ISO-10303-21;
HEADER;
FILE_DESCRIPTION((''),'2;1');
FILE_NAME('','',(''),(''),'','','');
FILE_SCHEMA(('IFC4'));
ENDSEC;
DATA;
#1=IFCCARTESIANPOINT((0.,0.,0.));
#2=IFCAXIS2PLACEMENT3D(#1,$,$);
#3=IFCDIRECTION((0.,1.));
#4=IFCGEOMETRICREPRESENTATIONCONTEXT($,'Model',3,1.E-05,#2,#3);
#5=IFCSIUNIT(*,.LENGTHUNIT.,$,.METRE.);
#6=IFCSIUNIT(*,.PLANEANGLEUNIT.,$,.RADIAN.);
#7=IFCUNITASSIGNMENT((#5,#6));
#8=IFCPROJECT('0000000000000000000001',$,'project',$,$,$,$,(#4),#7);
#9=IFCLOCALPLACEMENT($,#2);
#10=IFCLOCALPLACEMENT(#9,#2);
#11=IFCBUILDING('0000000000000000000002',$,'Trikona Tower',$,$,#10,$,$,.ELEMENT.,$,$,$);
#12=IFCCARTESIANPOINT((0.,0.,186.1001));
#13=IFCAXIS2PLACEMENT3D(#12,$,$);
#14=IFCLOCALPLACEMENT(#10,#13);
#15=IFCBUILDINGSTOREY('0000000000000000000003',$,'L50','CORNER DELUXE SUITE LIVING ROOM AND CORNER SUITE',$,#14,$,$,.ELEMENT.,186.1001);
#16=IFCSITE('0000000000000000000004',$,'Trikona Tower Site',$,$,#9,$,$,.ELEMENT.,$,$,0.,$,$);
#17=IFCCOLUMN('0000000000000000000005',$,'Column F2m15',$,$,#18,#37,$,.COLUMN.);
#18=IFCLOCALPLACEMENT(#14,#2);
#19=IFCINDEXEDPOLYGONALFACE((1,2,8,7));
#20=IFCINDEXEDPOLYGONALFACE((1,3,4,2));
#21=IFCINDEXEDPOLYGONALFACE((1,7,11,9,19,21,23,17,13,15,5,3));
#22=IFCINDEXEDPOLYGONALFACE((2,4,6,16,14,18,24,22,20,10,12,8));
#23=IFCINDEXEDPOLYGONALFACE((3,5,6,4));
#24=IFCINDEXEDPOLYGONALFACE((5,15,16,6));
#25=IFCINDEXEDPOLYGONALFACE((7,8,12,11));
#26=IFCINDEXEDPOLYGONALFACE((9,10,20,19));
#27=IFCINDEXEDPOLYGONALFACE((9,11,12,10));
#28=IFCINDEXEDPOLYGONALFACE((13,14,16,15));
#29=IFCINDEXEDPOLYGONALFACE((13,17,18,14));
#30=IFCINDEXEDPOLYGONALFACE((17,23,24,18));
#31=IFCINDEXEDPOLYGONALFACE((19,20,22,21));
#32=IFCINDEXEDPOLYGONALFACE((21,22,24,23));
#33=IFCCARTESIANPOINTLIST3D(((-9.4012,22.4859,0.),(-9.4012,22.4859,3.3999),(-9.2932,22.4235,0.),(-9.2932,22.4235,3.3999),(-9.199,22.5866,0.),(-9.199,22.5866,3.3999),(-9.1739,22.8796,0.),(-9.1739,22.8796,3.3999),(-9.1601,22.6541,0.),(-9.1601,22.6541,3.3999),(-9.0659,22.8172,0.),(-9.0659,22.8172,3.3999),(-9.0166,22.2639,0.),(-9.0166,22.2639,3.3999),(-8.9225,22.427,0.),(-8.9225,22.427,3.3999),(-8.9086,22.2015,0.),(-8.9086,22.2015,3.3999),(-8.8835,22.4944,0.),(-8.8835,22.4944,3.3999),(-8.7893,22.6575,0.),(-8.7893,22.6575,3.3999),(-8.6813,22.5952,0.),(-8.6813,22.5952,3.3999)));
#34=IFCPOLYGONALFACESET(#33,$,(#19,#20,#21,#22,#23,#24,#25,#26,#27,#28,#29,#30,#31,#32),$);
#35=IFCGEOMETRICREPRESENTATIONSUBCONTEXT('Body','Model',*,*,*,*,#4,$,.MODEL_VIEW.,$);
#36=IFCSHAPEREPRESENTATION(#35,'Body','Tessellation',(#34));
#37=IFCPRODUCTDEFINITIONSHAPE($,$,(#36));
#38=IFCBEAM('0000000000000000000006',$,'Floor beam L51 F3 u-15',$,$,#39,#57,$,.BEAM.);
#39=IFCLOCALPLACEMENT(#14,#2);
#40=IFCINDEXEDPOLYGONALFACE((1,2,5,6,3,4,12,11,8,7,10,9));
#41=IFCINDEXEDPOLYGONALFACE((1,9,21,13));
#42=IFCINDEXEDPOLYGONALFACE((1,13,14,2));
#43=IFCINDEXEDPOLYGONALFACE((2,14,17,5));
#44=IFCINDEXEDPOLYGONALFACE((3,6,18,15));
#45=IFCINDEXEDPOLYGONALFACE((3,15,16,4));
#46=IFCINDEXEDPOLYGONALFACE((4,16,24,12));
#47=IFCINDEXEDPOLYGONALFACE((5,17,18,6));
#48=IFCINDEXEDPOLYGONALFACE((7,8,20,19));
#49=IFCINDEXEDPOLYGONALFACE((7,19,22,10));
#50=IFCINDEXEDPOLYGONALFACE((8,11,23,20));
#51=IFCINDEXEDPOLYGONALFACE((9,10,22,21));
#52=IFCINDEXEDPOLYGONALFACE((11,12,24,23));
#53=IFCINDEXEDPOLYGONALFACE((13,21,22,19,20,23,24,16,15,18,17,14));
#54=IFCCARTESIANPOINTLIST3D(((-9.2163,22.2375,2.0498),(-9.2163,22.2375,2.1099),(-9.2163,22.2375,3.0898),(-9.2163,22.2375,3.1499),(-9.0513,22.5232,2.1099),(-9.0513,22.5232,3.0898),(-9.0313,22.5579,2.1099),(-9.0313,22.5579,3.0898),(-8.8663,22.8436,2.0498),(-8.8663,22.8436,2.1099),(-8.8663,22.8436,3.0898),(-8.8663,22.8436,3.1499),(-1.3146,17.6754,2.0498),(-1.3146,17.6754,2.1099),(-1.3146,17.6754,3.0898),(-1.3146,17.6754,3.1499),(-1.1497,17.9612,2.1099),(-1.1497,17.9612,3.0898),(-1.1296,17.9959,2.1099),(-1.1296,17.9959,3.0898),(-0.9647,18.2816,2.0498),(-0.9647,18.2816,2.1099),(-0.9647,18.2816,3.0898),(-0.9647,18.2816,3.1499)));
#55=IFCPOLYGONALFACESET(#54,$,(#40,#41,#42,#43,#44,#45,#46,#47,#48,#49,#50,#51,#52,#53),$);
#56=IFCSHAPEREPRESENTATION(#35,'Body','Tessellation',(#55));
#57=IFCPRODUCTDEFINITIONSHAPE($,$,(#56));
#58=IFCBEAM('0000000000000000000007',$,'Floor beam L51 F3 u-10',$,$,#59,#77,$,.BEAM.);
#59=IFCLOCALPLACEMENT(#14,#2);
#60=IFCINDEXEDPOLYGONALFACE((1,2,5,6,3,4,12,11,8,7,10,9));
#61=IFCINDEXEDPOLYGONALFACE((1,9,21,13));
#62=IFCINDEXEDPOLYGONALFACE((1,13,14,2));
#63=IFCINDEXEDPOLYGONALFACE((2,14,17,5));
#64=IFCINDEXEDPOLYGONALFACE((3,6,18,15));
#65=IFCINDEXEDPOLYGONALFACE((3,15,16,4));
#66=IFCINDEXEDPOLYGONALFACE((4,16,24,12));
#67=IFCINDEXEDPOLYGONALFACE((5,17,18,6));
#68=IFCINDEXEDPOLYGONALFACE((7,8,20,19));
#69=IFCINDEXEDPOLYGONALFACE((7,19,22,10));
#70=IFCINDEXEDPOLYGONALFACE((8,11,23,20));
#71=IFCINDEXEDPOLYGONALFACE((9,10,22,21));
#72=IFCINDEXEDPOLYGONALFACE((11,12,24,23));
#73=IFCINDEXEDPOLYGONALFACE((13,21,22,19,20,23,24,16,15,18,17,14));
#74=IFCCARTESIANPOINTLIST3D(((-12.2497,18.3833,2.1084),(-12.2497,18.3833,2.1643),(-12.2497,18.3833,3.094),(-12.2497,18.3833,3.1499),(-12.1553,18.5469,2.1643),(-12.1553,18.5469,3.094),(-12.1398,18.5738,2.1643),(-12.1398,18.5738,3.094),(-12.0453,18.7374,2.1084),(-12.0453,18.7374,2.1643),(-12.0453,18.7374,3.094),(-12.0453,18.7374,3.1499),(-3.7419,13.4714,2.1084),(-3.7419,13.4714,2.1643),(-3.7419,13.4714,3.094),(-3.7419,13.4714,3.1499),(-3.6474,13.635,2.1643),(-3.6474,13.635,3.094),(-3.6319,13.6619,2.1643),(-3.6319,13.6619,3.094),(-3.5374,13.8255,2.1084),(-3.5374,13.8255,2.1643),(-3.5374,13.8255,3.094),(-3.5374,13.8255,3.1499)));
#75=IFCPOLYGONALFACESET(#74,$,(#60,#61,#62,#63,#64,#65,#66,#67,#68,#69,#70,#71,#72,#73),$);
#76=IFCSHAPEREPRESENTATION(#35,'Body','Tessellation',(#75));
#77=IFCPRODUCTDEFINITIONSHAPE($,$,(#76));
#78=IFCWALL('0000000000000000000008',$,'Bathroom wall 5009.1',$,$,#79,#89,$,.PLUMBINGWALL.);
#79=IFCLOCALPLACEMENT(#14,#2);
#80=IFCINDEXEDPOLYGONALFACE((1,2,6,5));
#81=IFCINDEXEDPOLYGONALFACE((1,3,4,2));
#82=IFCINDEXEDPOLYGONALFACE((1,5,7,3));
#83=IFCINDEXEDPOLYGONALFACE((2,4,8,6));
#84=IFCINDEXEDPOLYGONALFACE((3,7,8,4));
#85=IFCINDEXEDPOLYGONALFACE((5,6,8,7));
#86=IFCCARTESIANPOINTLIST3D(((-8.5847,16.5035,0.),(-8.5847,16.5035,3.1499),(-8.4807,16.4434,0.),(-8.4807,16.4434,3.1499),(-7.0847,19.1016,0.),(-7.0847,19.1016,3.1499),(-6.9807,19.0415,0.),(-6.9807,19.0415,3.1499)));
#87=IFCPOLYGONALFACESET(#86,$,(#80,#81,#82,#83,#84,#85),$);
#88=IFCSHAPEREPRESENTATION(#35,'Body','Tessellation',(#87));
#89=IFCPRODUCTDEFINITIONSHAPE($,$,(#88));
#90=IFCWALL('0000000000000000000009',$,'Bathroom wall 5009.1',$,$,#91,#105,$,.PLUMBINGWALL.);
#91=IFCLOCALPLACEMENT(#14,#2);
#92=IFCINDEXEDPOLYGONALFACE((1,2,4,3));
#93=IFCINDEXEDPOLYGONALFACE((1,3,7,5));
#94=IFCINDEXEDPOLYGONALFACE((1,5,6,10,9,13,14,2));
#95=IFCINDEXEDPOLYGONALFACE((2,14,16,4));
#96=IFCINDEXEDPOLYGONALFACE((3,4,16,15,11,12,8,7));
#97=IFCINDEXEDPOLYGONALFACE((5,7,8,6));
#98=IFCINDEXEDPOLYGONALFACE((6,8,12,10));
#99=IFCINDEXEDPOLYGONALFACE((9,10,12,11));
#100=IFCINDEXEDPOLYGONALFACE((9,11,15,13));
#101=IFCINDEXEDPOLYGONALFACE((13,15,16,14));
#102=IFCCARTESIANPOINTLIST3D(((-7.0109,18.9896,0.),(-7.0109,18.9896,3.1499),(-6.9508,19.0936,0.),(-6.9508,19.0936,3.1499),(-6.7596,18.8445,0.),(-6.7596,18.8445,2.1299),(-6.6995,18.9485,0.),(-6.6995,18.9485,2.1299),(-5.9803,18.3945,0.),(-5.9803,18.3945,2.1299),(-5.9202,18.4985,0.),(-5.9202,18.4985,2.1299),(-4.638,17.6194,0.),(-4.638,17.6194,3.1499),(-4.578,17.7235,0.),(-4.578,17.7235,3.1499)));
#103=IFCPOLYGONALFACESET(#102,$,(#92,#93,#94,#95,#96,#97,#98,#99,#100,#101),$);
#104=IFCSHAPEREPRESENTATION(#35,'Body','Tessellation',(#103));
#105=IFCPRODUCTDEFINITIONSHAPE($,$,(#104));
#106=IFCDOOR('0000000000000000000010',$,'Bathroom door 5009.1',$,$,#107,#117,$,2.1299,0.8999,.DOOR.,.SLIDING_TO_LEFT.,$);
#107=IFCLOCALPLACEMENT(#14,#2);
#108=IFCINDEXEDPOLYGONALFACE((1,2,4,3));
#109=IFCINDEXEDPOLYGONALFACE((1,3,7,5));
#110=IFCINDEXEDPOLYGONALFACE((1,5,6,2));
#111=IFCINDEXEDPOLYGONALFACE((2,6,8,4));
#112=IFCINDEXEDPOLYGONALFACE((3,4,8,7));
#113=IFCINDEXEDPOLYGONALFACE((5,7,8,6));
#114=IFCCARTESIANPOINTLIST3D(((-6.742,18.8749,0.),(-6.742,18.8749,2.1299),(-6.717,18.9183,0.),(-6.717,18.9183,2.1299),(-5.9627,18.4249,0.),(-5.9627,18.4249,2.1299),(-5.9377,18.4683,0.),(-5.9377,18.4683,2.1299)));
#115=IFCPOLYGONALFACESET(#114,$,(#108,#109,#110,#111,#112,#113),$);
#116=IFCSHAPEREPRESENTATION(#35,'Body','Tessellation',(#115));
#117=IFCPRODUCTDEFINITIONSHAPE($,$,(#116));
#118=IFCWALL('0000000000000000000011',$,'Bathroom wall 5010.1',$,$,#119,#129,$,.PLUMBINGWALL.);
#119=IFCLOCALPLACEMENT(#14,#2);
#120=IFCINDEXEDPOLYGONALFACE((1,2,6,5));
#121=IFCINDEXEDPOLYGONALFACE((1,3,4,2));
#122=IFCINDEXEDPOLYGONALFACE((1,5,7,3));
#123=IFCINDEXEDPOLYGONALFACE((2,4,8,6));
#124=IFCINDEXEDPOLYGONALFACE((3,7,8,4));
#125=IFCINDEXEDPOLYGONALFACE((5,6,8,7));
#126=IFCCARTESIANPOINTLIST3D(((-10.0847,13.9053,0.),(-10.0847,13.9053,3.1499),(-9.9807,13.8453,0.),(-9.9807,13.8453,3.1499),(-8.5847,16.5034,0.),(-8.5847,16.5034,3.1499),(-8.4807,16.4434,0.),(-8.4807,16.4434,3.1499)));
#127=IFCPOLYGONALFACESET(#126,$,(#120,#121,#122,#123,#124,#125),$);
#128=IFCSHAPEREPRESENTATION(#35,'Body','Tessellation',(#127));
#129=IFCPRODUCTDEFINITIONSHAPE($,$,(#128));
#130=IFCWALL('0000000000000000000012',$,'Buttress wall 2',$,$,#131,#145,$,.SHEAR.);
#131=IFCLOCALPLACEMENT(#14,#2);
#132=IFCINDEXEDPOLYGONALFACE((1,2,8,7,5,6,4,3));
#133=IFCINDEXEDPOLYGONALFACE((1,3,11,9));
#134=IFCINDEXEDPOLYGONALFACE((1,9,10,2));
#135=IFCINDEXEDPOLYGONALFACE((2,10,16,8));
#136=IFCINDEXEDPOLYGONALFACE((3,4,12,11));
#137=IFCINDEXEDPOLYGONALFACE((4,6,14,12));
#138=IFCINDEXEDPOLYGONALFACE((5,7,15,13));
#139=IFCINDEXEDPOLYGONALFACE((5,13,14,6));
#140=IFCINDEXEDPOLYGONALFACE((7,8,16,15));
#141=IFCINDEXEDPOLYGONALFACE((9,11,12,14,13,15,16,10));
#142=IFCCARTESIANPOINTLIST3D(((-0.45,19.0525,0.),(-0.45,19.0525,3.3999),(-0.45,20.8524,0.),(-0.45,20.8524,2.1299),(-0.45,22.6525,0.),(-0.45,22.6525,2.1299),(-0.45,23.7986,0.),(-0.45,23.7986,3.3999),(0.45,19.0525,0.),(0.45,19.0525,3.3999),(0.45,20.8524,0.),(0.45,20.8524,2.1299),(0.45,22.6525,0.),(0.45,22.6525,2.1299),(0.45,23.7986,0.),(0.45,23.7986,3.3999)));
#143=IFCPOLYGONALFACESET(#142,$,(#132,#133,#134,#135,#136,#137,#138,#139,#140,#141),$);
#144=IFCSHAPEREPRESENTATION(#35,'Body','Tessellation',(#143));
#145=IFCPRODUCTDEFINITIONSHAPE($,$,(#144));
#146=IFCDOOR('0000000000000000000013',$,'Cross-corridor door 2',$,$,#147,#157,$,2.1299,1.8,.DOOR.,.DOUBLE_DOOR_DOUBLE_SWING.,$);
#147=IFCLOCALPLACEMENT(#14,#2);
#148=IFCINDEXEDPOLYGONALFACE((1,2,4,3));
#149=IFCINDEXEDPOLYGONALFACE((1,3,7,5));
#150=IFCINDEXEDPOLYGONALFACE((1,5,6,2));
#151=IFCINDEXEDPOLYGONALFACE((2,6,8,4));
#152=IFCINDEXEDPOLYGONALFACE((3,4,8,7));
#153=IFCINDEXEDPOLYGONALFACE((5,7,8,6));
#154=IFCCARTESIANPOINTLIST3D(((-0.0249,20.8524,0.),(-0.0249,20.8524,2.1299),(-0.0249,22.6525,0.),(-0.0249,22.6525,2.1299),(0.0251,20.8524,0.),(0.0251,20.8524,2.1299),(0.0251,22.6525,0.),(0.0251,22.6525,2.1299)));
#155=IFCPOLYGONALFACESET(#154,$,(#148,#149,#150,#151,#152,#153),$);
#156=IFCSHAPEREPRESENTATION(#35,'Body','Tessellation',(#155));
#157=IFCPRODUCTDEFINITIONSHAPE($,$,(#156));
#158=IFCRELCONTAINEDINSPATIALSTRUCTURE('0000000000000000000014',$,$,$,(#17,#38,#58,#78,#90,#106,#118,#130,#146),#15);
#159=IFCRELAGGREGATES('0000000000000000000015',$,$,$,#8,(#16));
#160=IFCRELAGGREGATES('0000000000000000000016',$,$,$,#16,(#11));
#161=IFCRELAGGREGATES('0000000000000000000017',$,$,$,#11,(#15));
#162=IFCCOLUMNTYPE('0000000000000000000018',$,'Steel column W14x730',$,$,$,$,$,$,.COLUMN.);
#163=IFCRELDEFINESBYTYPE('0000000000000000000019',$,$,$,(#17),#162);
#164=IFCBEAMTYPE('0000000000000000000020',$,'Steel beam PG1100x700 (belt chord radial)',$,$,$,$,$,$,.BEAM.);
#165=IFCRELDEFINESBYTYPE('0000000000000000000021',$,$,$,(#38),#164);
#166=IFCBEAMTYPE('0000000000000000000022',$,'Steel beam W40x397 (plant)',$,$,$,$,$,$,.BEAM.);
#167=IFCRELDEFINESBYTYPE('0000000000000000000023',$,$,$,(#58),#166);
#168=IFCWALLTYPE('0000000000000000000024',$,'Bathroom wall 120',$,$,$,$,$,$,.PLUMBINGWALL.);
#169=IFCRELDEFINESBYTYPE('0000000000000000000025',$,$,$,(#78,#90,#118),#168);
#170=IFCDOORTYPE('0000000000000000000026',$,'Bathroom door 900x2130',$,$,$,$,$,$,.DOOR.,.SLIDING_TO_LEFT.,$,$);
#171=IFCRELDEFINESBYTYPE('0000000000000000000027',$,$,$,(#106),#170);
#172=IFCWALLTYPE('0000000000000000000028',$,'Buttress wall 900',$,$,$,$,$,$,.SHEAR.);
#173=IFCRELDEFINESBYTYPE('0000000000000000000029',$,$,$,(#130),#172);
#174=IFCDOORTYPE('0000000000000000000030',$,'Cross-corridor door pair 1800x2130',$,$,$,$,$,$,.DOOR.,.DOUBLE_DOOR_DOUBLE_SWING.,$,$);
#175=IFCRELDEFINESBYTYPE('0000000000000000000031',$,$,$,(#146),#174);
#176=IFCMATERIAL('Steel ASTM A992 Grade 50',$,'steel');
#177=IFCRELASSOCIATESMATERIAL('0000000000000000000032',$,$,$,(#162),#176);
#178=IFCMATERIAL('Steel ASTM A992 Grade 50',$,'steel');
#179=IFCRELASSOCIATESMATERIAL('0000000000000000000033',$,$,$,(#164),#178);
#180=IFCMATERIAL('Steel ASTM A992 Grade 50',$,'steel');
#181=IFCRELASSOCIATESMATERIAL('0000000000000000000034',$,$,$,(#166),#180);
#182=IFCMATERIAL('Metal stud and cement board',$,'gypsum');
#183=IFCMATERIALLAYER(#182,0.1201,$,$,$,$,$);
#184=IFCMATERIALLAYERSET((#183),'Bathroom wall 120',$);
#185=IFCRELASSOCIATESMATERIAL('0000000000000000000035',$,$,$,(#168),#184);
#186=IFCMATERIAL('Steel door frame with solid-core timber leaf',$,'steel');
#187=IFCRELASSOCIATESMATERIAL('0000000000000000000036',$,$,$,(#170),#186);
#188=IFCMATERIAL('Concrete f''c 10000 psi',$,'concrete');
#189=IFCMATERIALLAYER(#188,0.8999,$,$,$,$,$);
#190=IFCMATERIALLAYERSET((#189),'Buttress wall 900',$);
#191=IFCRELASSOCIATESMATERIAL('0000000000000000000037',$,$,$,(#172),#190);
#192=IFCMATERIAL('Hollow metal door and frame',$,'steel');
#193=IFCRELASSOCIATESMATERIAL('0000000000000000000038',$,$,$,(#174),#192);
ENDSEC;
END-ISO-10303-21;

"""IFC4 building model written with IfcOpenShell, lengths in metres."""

from ifc_helpers import new_model, si_unit, direction, frame, frame_2d, origin, origin_2d, place, context, subcontext, project, spatial, rectangle, i_section, extrude, material, layer, layer_set, material_profile, profile_set, type_object, element, fill, save


model = new_model("IFC4")

# Units and contexts
model_context = context("Model", 3, precision=1e-05, world=origin(), true_north=direction((0.0, 1.0)))
body_context = subcontext(model_context, "Body", "Model", "MODEL_VIEW")
ifc_project = project(units=[si_unit("LENGTHUNIT", "METRE"), si_unit("PLANEANGLEUNIT", "RADIAN")], contexts=[model_context])

# Site, building, storey
site_placement = place(None, origin())
site = spatial("IfcSite", under=ifc_project, at=site_placement, Name="Trikona Tower Site", CompositionType="ELEMENT", RefElevation=0.0)
building_placement = place(site_placement, origin())
building = spatial("IfcBuilding", under=site, at=building_placement, Name="Trikona Tower", CompositionType="ELEMENT")
storey_placement = place(building_placement, frame((0.0, 0.0, 186.1001)))
storey = spatial("IfcBuildingStorey", under=building, at=storey_placement, Name="L50", Description="CORNER DELUXE SUITE LIVING ROOM AND CORNER SUITE", CompositionType="ELEMENT", Elevation=186.1001)

# Column
ifc_material_1 = material(Name="Steel ASTM A992 Grade 50", Category="steel")
ifc_material_profile_1 = material_profile(ifc_material_1, i_section(OverallWidth=0.4546, OverallDepth=0.5688, WebThickness=0.0779, FlangeThickness=0.1248, at=origin_2d()), Name="W14X730")
ifc_profile_set_1 = profile_set([ifc_material_profile_1], Name="Steel ASTM A992 Grade 50")
column_type = type_object("IfcColumnType", Name="Steel column W14x730", PredefinedType="COLUMN", material=ifc_profile_set_1)
column_placement = place(storey_placement, frame((-9.0413, 22.5405, 0.0), z_axis=(0.0, 0.0, 1.0), x_axis=(-0.5, -0.866025, 0.0)))
element("IfcColumn", 1, at=column_placement, inside=storey, type_object=column_type, Name="Column F2m15", PredefinedType="COLUMN", context=body_context, shape_type="SweptSolid", body=[
    extrude(i_section(OverallWidth=0.4546, OverallDepth=0.5688, WebThickness=0.0779, FlangeThickness=0.1248, at=origin_2d()), origin(), (0.0, 0.0, 1.0), 3.3999),
])

# Beams
ifc_material_2 = material(Name="Steel ASTM A992 Grade 50", Category="steel")
ifc_material_profile_2 = material_profile(ifc_material_2, i_section(OverallWidth=0.7, OverallDepth=1.1001, WebThickness=0.04, FlangeThickness=0.0601, at=origin_2d()), Name="PG1100X700")
ifc_profile_set_2 = profile_set([ifc_material_profile_2], Name="Steel ASTM A992 Grade 50")
beam_type_1 = type_object("IfcBeamType", Name="Steel beam PG1100x700 (belt chord radial)", PredefinedType="BEAM", material=ifc_profile_set_2)
beam_1_placement = place(storey_placement, frame((-1.1396, 17.9785, 2.5999), z_axis=(-0.866025, 0.500001, 0.0), x_axis=(-0.500001, -0.866025, 0.0)))
element("IfcBeam", 2, at=beam_1_placement, inside=storey, type_object=beam_type_1, Name="Floor beam L51 F3 u-15", PredefinedType="BEAM", context=body_context, shape_type="SweptSolid", body=[
    extrude(i_section(OverallWidth=0.7, OverallDepth=1.1001, WebThickness=0.04, FlangeThickness=0.0601, at=origin_2d()), origin(), (0.0, 0.0, 1.0), 9.124),
])
ifc_material_3 = material(Name="Steel ASTM A992 Grade 50", Category="steel")
ifc_material_profile_3 = material_profile(ifc_material_3, i_section(OverallWidth=0.4089, OverallDepth=1.0415, WebThickness=0.031, FlangeThickness=0.0559, at=origin_2d()), Name="W40X397")
ifc_profile_set_3 = profile_set([ifc_material_profile_3], Name="Steel ASTM A992 Grade 50")
beam_type_2 = type_object("IfcBeamType", Name="Steel beam W40x397 (plant)", PredefinedType="BEAM", material=ifc_profile_set_3)
beam_2_placement = place(storey_placement, frame((-3.6396, 13.6484, 2.6292), z_axis=(-0.866031, 0.499991, 0.0), x_axis=(-0.499991, -0.866031, 0.0)))
element("IfcBeam", 3, at=beam_2_placement, inside=storey, type_object=beam_type_2, Name="Floor beam L51 F3 u-10", PredefinedType="BEAM", context=body_context, shape_type="SweptSolid", body=[
    extrude(i_section(OverallWidth=0.4089, OverallDepth=1.0415, WebThickness=0.031, FlangeThickness=0.0559, at=origin_2d()), origin(), (0.0, 0.0, 1.0), 9.824),
])

# Wall
ifc_material_4 = material(Name="Metal stud and cement board", Category="gypsum")
ifc_layer_1 = layer(ifc_material_4, 0.1201)
ifc_layer_set_1 = layer_set([ifc_layer_1], Name="Bathroom wall 120")
wall_type_1 = type_object("IfcWallType", Name="Bathroom wall 120", PredefinedType="PLUMBINGWALL", material=ifc_layer_set_1)
wall_1_placement = place(storey_placement, frame((-7.0327, 19.0715, 0.0), z_axis=(0.0, 0.0, 1.0), x_axis=(-0.49999, -0.866031, 0.0)))
element("IfcWall", 4, at=wall_1_placement, inside=storey, type_object=wall_type_1, Name="Bathroom wall 5009.1", PredefinedType="PLUMBINGWALL", context=body_context, shape_type="SweptSolid", body=[
    extrude(rectangle(XDim=3.0, YDim=0.1201, at=frame_2d((1.5, 0.0))), origin(), (0.0, 0.0, 1.0), 3.1499),
])

# Wall, opening, door
wall_2_placement = place(storey_placement, frame((-4.6079, 17.6714, 0.0), z_axis=(0.0, 0.0, 1.0), x_axis=(-0.865997, 0.500049, 0.0)))
wall_2 = element("IfcWall", 5, at=wall_2_placement, inside=storey, type_object=wall_type_1, Name="Bathroom wall 5009.1", PredefinedType="PLUMBINGWALL", context=body_context, shape_type="SweptSolid", body=[
    extrude(rectangle(XDim=2.74, YDim=0.1201, at=frame_2d((1.3701, 0.0))), origin(), (0.0, 0.0, 1.0), 3.1499),
])
opening_1_placement = place(wall_2_placement, frame((1.55, 0.0, 0.0)))
opening_1 = element("IfcOpeningElement", 6, at=opening_1_placement, cuts=wall_2, PredefinedType="OPENING", context=body_context, shape_type="SweptSolid", body=[
    extrude(rectangle(XDim=0.8999, YDim=2.1299, at=frame_2d((0.45, 1.0649))), frame((0.0, 0.0701, 0.0), z_axis=(0.0, -1.0, 0.0), x_axis=(1.0, 0.0, 0.0)), (0.0, 0.0, 1.0), 0.1401),
])
ifc_material_5 = material(Name="Steel door frame with solid-core timber leaf", Category="steel")
door_type_1 = type_object("IfcDoorType", Name="Bathroom door 900x2130", OperationType="SLIDING_TO_LEFT", PredefinedType="DOOR", material=ifc_material_5)
door_1_placement = place(opening_1_placement, origin())
door_1 = element("IfcDoor", 7, at=door_1_placement, inside=storey, type_object=door_type_1, Name="Bathroom door 5009.1", OperationType="SLIDING_TO_LEFT", OverallHeight=2.1299, OverallWidth=0.8999, PredefinedType="DOOR", context=body_context, shape_type="SweptSolid", body=[
    extrude(rectangle(XDim=0.8999, YDim=2.1299, at=frame_2d((0.45, 1.0649))), frame((0.0, 0.0249, 0.0), z_axis=(0.0, -1.0, 0.0), x_axis=(1.0, 0.0, 0.0)), (0.0, 0.0, 1.0), 0.05),
])
fill(opening_1, door_1)

# Wall
wall_3_placement = place(storey_placement, frame((-8.5327, 16.4734, 0.0), z_axis=(0.0, 0.0, 1.0), x_axis=(-0.49999, -0.866031, 0.0)))
element("IfcWall", 8, at=wall_3_placement, inside=storey, type_object=wall_type_1, Name="Bathroom wall 5010.1", PredefinedType="PLUMBINGWALL", context=body_context, shape_type="SweptSolid", body=[
    extrude(rectangle(XDim=3.0, YDim=0.1201, at=frame_2d((1.5, 0.0))), origin(), (0.0, 0.0, 1.0), 3.1499),
])

# Wall, opening, door
ifc_material_6 = material(Name="Concrete f'c 10000 psi", Category="concrete")
ifc_layer_2 = layer(ifc_material_6, 0.8999)
ifc_layer_set_2 = layer_set([ifc_layer_2], Name="Buttress wall 900")
wall_type_2 = type_object("IfcWallType", Name="Buttress wall 900", PredefinedType="SHEAR", material=ifc_layer_set_2)
wall_4_placement = place(storey_placement, frame((0.0, 19.0525, 0.0), z_axis=(0.0, 0.0, 1.0), x_axis=(0.0, 1.0, 0.0)))
wall_4 = element("IfcWall", 9, at=wall_4_placement, inside=storey, type_object=wall_type_2, Name="Buttress wall 2", PredefinedType="SHEAR", context=body_context, shape_type="SweptSolid", body=[
    extrude(rectangle(XDim=4.7461, YDim=0.8999, at=frame_2d((2.373, 0.0))), origin(), (0.0, 0.0, 1.0), 3.3999),
])
opening_2_placement = place(wall_4_placement, frame((1.8, 0.0, 0.0)))
opening_2 = element("IfcOpeningElement", 10, at=opening_2_placement, cuts=wall_4, PredefinedType="OPENING", context=body_context, shape_type="SweptSolid", body=[
    extrude(rectangle(XDim=1.8, YDim=2.1299, at=frame_2d((0.8999, 1.0649))), frame((0.0, 0.46, 0.0), z_axis=(0.0, -1.0, 0.0), x_axis=(1.0, 0.0, 0.0)), (0.0, 0.0, 1.0), 0.9199),
])
ifc_material_7 = material(Name="Hollow metal door and frame", Category="steel")
door_type_2 = type_object("IfcDoorType", Name="Cross-corridor door pair 1800x2130", OperationType="DOUBLE_DOOR_DOUBLE_SWING", PredefinedType="DOOR", material=ifc_material_7)
door_2_placement = place(opening_2_placement, origin())
door_2 = element("IfcDoor", 11, at=door_2_placement, inside=storey, type_object=door_type_2, Name="Cross-corridor door 2", OperationType="DOUBLE_DOOR_DOUBLE_SWING", OverallHeight=2.1299, OverallWidth=1.8, PredefinedType="DOOR", context=body_context, shape_type="SweptSolid", body=[
    extrude(rectangle(XDim=1.8, YDim=2.1299, at=frame_2d((0.8999, 1.0649))), frame((0.0, 0.0249, 0.0), z_axis=(0.0, -1.0, 0.0), x_axis=(1.0, 0.0, 0.0)), (0.0, 0.0, 1.0), 0.05),
])
fill(opening_2, door_2)

save(model, "model.ifc")
